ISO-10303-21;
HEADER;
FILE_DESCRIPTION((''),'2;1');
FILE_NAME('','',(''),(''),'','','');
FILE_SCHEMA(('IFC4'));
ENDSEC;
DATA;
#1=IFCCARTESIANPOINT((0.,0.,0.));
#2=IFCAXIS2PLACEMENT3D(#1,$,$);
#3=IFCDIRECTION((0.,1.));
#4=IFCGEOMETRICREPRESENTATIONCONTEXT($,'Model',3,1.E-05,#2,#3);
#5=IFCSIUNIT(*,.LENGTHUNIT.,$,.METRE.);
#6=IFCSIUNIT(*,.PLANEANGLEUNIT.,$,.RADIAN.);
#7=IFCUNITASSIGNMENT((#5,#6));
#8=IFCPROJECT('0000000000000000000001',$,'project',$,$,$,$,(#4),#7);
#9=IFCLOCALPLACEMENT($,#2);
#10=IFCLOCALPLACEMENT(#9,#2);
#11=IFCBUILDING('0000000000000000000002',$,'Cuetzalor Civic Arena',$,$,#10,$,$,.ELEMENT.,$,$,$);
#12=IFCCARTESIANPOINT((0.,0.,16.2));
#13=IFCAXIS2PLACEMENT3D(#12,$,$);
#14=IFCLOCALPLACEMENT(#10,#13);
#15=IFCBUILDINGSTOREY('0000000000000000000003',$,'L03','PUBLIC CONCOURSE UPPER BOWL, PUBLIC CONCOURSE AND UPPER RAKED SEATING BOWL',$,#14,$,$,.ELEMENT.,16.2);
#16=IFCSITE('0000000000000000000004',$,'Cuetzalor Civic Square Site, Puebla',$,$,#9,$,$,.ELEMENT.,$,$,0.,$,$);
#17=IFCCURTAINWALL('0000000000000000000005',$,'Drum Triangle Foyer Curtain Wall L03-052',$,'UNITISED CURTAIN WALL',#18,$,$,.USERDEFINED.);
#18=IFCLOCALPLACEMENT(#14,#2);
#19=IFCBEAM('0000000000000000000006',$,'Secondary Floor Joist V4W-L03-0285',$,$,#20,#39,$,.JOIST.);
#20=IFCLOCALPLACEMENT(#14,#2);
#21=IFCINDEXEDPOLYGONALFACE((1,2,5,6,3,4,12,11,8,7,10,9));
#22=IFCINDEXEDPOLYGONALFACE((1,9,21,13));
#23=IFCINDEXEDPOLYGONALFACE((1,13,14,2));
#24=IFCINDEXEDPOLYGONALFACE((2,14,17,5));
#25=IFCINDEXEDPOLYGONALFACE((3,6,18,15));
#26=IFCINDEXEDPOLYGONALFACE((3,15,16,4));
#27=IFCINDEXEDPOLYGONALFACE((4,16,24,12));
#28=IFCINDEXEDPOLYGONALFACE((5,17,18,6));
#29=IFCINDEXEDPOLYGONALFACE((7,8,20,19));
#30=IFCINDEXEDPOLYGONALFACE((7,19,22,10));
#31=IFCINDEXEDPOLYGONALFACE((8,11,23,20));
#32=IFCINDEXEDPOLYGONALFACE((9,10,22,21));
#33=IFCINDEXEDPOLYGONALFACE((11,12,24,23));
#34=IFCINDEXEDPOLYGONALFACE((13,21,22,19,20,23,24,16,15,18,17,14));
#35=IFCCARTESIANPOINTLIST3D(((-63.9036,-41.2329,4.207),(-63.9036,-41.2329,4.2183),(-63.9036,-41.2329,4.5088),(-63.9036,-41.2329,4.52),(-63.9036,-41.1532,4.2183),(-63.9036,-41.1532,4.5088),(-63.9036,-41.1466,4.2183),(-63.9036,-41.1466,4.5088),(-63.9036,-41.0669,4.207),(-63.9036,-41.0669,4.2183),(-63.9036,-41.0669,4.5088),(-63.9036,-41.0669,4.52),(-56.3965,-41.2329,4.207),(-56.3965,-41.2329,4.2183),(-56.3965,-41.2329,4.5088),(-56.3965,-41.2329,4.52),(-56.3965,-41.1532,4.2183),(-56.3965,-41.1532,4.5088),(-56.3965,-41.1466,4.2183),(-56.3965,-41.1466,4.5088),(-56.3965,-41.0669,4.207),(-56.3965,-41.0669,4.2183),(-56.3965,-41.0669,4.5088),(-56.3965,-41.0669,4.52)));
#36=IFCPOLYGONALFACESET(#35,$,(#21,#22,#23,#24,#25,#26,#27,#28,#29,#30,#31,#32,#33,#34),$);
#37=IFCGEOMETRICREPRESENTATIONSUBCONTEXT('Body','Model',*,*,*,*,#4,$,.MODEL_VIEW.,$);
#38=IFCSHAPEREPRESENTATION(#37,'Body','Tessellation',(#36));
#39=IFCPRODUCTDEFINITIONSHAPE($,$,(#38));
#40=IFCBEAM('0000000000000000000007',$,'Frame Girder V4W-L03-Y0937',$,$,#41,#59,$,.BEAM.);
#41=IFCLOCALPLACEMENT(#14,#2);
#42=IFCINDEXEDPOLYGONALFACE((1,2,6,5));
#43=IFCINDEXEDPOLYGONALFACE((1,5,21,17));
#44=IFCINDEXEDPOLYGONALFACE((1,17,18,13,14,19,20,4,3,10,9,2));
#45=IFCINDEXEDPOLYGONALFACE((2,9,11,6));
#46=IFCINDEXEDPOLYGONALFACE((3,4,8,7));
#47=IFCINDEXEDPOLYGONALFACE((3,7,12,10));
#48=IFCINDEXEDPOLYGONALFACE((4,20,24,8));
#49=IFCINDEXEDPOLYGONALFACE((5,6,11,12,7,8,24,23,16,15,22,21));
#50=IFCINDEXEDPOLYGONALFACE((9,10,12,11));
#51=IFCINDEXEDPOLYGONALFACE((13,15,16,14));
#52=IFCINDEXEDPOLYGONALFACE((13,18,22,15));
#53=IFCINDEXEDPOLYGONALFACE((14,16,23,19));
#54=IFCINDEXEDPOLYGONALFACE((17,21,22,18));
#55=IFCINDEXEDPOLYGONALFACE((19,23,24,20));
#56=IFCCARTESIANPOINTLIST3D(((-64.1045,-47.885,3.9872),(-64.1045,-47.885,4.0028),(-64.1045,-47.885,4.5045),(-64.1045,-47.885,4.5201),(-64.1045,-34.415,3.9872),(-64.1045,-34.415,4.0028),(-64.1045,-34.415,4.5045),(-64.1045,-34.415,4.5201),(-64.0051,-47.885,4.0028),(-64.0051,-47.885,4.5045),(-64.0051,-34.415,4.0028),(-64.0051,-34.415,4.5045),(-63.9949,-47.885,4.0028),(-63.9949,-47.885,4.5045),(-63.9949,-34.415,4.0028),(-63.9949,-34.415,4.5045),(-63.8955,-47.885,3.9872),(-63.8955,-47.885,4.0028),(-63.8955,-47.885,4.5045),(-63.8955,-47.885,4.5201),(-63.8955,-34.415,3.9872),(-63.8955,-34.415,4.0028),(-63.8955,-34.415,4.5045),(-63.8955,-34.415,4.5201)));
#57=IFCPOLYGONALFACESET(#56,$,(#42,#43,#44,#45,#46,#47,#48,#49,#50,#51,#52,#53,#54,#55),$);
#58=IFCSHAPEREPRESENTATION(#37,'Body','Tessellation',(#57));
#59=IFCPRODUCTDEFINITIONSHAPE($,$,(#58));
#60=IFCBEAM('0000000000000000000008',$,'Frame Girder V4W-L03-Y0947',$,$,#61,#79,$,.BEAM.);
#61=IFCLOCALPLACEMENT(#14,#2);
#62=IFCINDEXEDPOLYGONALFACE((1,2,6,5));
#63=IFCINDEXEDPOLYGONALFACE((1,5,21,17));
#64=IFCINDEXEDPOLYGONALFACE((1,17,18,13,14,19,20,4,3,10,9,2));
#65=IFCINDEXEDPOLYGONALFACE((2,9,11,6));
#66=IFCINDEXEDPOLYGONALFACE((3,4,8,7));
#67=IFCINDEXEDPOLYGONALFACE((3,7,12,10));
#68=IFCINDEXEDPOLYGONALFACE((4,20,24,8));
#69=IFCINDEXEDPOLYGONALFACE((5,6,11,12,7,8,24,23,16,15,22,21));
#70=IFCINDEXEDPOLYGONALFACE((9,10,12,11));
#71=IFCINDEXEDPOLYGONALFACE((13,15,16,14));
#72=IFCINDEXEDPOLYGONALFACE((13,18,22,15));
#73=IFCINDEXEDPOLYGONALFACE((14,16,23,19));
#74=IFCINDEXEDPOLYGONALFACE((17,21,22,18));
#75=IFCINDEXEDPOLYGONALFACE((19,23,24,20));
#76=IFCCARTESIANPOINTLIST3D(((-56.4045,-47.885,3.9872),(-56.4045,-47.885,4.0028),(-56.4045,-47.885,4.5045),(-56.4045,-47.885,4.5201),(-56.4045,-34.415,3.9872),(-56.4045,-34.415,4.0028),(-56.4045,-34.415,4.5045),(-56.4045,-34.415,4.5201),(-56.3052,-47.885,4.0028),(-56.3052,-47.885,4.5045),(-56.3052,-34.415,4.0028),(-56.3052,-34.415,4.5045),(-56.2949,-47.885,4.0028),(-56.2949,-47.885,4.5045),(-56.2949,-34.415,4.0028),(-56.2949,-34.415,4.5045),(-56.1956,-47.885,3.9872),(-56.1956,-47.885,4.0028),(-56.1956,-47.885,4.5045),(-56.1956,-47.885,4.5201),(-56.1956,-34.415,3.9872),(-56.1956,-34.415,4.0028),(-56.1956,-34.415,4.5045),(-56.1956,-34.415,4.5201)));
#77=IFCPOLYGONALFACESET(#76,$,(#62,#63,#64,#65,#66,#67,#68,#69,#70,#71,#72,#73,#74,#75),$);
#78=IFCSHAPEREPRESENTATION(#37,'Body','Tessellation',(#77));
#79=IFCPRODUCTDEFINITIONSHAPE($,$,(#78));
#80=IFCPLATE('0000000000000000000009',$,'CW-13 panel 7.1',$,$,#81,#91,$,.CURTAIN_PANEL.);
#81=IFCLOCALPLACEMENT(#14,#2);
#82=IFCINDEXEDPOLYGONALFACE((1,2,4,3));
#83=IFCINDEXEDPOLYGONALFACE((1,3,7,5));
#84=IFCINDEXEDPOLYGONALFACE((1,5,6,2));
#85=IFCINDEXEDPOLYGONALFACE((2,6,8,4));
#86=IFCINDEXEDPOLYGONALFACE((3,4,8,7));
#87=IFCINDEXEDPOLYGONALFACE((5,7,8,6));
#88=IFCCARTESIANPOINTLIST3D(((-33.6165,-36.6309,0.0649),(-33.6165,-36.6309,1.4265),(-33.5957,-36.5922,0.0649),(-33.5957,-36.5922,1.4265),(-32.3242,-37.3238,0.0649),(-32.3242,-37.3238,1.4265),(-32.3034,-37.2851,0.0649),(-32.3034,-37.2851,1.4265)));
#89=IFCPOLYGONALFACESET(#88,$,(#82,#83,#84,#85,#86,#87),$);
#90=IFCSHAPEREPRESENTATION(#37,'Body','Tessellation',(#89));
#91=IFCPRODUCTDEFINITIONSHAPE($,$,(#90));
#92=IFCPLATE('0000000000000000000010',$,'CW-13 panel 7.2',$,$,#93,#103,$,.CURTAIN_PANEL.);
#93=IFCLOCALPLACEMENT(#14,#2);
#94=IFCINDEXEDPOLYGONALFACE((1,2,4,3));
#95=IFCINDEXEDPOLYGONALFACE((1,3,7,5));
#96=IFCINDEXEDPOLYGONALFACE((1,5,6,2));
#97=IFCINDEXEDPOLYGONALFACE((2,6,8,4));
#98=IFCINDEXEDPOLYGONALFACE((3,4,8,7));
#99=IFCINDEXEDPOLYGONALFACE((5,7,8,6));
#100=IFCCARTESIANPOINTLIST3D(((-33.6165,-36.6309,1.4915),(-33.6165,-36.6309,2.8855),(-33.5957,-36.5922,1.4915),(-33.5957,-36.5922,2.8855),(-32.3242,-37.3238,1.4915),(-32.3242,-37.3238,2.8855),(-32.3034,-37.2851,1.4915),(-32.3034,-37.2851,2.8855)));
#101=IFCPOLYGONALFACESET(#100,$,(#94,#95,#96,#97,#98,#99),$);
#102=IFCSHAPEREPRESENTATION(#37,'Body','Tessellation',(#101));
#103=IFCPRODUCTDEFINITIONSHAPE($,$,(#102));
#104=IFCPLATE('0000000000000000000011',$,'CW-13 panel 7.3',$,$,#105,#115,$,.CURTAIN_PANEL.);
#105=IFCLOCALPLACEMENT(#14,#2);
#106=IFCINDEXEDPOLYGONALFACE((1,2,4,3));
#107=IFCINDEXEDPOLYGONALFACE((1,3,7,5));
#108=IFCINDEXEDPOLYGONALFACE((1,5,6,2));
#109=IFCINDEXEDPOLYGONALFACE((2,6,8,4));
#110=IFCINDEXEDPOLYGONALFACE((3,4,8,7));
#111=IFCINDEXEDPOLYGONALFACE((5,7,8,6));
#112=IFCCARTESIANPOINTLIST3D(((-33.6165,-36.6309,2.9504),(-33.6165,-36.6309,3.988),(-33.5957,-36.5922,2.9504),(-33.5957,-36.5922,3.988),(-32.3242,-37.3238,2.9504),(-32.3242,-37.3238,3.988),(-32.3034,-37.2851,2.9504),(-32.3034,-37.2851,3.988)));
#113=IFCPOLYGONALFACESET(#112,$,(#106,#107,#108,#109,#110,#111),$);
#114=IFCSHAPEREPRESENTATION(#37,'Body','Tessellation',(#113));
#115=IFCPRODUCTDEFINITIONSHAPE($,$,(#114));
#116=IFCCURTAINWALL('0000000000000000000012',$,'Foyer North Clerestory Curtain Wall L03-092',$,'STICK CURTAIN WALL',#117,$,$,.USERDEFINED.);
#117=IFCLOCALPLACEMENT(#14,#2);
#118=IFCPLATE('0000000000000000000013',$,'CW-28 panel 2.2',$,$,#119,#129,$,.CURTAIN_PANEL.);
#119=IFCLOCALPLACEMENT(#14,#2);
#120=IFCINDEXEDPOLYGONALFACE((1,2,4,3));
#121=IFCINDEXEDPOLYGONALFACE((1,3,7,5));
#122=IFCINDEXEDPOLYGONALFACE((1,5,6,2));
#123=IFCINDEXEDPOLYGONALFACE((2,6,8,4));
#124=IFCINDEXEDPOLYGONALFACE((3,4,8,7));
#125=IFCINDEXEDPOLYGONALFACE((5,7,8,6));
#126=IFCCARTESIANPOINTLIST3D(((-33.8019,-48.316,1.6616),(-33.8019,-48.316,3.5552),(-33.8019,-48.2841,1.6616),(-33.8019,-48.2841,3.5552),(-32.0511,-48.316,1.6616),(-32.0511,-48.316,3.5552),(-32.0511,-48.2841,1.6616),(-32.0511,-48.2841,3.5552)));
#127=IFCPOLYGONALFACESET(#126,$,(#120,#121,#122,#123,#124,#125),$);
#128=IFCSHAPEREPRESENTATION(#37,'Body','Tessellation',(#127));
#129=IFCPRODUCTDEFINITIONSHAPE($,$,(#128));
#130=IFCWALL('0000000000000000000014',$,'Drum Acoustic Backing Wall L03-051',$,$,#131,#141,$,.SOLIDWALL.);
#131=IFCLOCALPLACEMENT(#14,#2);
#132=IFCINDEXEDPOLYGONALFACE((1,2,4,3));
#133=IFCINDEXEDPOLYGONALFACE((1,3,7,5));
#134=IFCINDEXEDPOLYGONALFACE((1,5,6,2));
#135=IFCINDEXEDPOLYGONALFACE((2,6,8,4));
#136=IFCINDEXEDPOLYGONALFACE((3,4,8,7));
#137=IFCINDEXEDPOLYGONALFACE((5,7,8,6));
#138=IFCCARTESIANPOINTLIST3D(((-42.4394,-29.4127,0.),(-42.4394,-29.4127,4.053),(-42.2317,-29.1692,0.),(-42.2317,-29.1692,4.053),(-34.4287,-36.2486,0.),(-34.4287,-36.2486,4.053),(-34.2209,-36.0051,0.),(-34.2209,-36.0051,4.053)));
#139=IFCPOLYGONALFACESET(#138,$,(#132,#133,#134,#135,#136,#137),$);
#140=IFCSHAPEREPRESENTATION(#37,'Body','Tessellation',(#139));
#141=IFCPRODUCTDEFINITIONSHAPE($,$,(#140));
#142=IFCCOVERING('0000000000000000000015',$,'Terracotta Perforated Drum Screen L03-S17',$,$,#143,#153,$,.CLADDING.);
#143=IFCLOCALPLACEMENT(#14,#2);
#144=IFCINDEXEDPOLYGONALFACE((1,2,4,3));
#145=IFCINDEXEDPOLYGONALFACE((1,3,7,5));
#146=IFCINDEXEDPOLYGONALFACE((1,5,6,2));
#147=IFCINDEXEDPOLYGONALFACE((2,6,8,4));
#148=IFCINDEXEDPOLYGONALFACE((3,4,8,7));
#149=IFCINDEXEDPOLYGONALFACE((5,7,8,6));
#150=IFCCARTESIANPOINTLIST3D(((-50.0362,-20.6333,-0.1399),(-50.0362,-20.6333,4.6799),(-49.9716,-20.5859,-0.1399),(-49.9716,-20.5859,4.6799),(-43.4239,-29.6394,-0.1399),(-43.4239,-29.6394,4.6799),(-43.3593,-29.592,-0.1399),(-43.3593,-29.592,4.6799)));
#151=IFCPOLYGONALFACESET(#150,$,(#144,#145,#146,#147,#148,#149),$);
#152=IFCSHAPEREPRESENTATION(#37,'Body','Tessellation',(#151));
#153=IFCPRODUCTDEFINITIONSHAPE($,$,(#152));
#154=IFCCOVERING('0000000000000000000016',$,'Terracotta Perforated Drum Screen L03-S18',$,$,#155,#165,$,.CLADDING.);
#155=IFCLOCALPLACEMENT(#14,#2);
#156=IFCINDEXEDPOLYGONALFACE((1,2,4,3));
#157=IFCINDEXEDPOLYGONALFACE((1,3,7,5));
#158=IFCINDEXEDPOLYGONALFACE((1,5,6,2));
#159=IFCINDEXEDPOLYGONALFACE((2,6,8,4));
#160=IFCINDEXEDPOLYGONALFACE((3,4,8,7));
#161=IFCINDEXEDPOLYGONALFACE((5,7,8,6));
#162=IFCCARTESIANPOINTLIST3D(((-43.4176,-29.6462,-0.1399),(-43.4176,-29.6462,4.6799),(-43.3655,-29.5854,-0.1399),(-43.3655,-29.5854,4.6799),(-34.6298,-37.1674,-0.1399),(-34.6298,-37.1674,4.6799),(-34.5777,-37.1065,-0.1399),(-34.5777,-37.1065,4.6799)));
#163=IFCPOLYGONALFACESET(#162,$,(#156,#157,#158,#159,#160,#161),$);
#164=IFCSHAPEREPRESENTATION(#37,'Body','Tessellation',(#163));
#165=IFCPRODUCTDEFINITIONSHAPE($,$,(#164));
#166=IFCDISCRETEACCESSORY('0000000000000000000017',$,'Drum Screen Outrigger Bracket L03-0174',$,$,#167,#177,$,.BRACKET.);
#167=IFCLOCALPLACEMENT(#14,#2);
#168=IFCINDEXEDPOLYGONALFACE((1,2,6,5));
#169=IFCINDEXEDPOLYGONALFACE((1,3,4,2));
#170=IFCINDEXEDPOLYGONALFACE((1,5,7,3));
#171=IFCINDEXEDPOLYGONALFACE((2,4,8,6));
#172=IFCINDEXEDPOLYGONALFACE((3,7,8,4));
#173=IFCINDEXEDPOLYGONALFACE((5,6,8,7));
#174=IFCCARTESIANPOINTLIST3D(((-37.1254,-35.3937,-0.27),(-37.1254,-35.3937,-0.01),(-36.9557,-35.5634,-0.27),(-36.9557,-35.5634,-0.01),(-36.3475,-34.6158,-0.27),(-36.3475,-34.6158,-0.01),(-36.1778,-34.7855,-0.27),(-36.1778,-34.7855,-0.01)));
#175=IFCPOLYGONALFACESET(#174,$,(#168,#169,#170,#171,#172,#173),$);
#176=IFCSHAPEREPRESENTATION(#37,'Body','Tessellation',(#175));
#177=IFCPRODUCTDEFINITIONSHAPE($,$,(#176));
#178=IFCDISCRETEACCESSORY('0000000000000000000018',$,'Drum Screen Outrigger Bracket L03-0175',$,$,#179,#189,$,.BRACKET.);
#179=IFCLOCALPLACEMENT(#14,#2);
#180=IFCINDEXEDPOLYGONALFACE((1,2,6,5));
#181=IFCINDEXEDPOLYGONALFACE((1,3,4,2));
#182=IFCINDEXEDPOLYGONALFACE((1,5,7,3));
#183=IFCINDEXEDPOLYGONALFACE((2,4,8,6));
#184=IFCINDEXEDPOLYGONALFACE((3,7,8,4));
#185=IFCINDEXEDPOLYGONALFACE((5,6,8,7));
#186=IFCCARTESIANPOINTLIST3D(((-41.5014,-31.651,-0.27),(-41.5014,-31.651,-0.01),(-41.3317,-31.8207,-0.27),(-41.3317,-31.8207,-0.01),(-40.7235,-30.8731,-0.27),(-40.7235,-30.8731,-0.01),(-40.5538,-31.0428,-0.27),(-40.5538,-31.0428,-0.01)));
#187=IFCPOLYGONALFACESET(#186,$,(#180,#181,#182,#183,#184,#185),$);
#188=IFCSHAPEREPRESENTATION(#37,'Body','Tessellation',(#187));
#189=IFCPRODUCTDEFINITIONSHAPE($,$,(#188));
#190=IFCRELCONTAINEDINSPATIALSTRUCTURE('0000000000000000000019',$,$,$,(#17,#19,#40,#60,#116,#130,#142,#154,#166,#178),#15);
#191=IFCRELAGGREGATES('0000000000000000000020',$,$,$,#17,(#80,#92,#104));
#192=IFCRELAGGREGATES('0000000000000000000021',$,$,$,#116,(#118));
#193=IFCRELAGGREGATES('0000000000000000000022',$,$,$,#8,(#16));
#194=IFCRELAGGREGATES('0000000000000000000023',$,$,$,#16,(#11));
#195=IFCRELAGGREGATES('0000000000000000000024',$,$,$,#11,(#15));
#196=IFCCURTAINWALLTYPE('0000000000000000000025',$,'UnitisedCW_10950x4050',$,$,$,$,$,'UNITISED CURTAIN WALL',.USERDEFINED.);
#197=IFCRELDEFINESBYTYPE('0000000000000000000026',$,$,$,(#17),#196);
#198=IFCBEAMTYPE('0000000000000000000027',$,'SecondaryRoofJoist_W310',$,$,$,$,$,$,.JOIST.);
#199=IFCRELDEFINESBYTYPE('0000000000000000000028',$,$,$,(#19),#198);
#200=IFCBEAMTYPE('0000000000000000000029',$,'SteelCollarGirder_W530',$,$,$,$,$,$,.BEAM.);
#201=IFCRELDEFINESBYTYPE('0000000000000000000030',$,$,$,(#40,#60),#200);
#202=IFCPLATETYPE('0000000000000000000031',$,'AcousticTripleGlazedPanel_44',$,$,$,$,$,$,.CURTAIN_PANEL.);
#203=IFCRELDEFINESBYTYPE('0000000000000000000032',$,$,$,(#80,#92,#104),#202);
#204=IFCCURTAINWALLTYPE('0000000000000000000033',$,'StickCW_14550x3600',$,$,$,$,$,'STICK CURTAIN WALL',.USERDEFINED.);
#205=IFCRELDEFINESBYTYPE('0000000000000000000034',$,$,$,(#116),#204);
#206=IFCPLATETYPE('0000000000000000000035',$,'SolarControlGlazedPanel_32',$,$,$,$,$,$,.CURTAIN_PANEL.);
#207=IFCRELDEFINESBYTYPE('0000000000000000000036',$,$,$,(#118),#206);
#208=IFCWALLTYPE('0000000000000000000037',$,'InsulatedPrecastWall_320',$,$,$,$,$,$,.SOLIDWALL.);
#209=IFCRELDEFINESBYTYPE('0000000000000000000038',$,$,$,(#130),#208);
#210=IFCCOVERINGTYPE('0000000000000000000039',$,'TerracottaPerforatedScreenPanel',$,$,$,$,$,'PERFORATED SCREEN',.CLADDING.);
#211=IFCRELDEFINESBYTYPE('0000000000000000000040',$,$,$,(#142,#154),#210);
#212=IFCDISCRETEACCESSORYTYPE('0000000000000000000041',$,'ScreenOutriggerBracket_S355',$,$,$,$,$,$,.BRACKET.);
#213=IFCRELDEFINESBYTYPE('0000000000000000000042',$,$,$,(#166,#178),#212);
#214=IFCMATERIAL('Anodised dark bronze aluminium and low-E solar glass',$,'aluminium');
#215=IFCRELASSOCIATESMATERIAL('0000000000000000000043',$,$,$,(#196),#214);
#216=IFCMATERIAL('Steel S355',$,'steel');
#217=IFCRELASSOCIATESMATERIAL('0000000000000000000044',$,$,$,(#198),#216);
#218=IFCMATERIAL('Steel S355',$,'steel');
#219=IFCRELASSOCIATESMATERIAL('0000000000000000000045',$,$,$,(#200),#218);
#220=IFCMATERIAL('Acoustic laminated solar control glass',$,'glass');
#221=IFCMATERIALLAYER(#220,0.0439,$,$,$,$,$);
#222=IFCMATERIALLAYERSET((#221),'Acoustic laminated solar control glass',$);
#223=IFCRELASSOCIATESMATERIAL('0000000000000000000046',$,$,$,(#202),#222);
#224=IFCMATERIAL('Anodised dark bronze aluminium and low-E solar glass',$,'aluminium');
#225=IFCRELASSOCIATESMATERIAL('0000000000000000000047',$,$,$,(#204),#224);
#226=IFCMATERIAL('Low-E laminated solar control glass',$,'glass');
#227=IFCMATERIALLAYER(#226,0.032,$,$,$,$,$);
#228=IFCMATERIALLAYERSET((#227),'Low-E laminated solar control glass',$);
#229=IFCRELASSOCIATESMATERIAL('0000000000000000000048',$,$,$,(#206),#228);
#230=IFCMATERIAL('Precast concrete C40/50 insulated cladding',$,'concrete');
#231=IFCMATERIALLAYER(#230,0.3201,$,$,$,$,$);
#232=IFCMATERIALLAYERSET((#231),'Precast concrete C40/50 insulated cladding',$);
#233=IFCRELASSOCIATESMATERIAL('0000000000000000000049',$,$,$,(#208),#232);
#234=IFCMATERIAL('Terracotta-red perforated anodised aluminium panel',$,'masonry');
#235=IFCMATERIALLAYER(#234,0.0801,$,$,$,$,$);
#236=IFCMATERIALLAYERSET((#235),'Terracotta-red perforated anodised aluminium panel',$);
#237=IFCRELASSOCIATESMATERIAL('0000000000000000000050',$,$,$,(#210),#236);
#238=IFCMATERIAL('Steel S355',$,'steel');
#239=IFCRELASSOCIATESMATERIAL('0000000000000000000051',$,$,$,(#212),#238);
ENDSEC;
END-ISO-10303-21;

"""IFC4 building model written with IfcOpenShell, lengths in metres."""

from ifc_helpers import new_model, si_unit, direction, frame, frame_2d, origin, origin_2d, place, context, subcontext, project, spatial, rectangle, i_section, extrude, material, layer, layer_set, material_profile, profile_set, type_object, element, aggregate, save


model = new_model("IFC4")

# Units and contexts
model_context = context("Model", 3, precision=1e-05, world=origin(), true_north=direction((0.0, 1.0)))
body_context = subcontext(model_context, "Body", "Model", "MODEL_VIEW")
ifc_project = project(units=[si_unit("LENGTHUNIT", "METRE"), si_unit("PLANEANGLEUNIT", "RADIAN")], contexts=[model_context])

# Site, building, storey
site_placement = place(None, origin())
site = spatial("IfcSite", under=ifc_project, at=site_placement, Name="Cuetzalor Civic Square Site, Puebla", CompositionType="ELEMENT", RefElevation=0.0)
building_placement = place(site_placement, origin())
building = spatial("IfcBuilding", under=site, at=building_placement, Name="Cuetzalor Civic Arena", CompositionType="ELEMENT")
storey_placement = place(building_placement, frame((0.0, 0.0, 16.2)))
storey = spatial("IfcBuildingStorey", under=building, at=storey_placement, Name="L03", Description="PUBLIC CONCOURSE UPPER BOWL, PUBLIC CONCOURSE AND UPPER RAKED SEATING BOWL", CompositionType="ELEMENT", Elevation=16.2)

# Curtain wall
ifc_material_1 = material(Name="Anodised dark bronze aluminium and low-E solar glass", Category="aluminium")
curtain_wall_type_1 = type_object("IfcCurtainWallType", Name="UnitisedCW_10950x4050", ElementType="UNITISED CURTAIN WALL", PredefinedType="USERDEFINED", material=ifc_material_1)
curtain_wall_1_placement = place(storey_placement, origin())
curtain_wall_1 = element("IfcCurtainWall", 1, at=curtain_wall_1_placement, inside=storey, type_object=curtain_wall_type_1, Name="Drum Triangle Foyer Curtain Wall L03-052", ObjectType="UNITISED CURTAIN WALL", PredefinedType="USERDEFINED")

# Beams
ifc_material_2 = material(Name="Steel S355", Category="steel")
ifc_material_profile_1 = material_profile(ifc_material_2, i_section(OverallWidth=0.166, OverallDepth=0.313, WebThickness=0.0066, FlangeThickness=0.0112, at=origin_2d()), Name="W310x45")
ifc_profile_set_1 = profile_set([ifc_material_profile_1], Name="Steel S355")
beam_type_1 = type_object("IfcBeamType", Name="SecondaryRoofJoist_W310", PredefinedType="JOIST", material=ifc_profile_set_1)
beam_1_placement = place(storey_placement, frame((-63.9036, -41.1499, 4.3635), z_axis=(1.0, 0.0, 0.0), x_axis=(0.0, 1.0, 0.0)))
element("IfcBeam", 2, at=beam_1_placement, inside=storey, type_object=beam_type_1, Name="Secondary Floor Joist V4W-L03-0285", PredefinedType="JOIST", context=body_context, shape_type="SweptSolid", body=[
    extrude(i_section(OverallWidth=0.166, OverallDepth=0.313, WebThickness=0.0066, FlangeThickness=0.0112, at=origin_2d()), origin(), (0.0, 0.0, 1.0), 7.5071),
])
ifc_material_3 = material(Name="Steel S355", Category="steel")
ifc_material_profile_2 = material_profile(ifc_material_3, i_section(OverallWidth=0.209, OverallDepth=0.533, WebThickness=0.0103, FlangeThickness=0.0156, at=origin_2d()), Name="W530x92")
ifc_profile_set_2 = profile_set([ifc_material_profile_2], Name="Steel S355")
beam_type_2 = type_object("IfcBeamType", Name="SteelCollarGirder_W530", PredefinedType="BEAM", material=ifc_profile_set_2)
for number, where, z_axis, x_axis, name in (
    (3, (-64.0, -47.885, 4.2537), (0.0, 1.0, 0.0), (-1.0, 0.0, 0.0), "Frame Girder V4W-L03-Y0937"),
    (4, (-56.3, -47.885, 4.2537), (0.0, 1.0, 0.0), (-1.0, 0.0, 0.0), "Frame Girder V4W-L03-Y0947"),
):
    element("IfcBeam", number, at=place(storey_placement, frame(where, z_axis=z_axis, x_axis=x_axis)), inside=storey, type_object=beam_type_2, Name=name, PredefinedType="BEAM", context=body_context, shape_type="SweptSolid", body=[
        extrude(i_section(OverallWidth=0.209, OverallDepth=0.533, WebThickness=0.0103, FlangeThickness=0.0156, at=origin_2d()), origin(), (0.0, 0.0, 1.0), 13.47),
    ])

# Plates
ifc_material_4 = material(Name="Acoustic laminated solar control glass", Category="glass")
ifc_layer_1 = layer(ifc_material_4, 0.0439)
ifc_layer_set_1 = layer_set([ifc_layer_1], Name="Acoustic laminated solar control glass")
plate_type_1 = type_object("IfcPlateType", Name="AcousticTripleGlazedPanel_44", PredefinedType="CURTAIN_PANEL", material=ifc_layer_set_1)
plate_1_placement = place(storey_placement, frame((-32.96, -36.958, 0.0649), z_axis=(0.0, 0.0, 1.0), x_axis=(-0.881306, 0.472545, 0.0)))
plate_1 = element("IfcPlate", 5, at=plate_1_placement, type_object=plate_type_1, Name="CW-13 panel 7.1", PredefinedType="CURTAIN_PANEL", context=body_context, shape_type="SweptSolid", body=[
    extrude(rectangle(XDim=1.4663, YDim=0.0439, at=origin_2d()), origin(), (0.0, 0.0, 1.0), 1.3616),
])
plate_2_placement = place(storey_placement, frame((-32.96, -36.958, 1.4915), z_axis=(0.0, 0.0, 1.0), x_axis=(-0.881306, 0.472545, 0.0)))
plate_2 = element("IfcPlate", 6, at=plate_2_placement, type_object=plate_type_1, Name="CW-13 panel 7.2", PredefinedType="CURTAIN_PANEL", context=body_context, shape_type="SweptSolid", body=[
    extrude(rectangle(XDim=1.4663, YDim=0.0439, at=origin_2d()), origin(), (0.0, 0.0, 1.0), 1.394),
])
plate_3_placement = place(storey_placement, frame((-32.96, -36.958, 2.9504), z_axis=(0.0, 0.0, 1.0), x_axis=(-0.881306, 0.472545, 0.0)))
plate_3 = element("IfcPlate", 7, at=plate_3_placement, type_object=plate_type_1, Name="CW-13 panel 7.3", PredefinedType="CURTAIN_PANEL", context=body_context, shape_type="SweptSolid", body=[
    extrude(rectangle(XDim=1.4663, YDim=0.0439, at=origin_2d()), origin(), (0.0, 0.0, 1.0), 1.0376),
])
aggregate(curtain_wall_1, [plate_1, plate_2, plate_3])

# Curtain wall, plate
ifc_material_5 = material(Name="Anodised dark bronze aluminium and low-E solar glass", Category="aluminium")
curtain_wall_type_2 = type_object("IfcCurtainWallType", Name="StickCW_14550x3600", ElementType="STICK CURTAIN WALL", PredefinedType="USERDEFINED", material=ifc_material_5)
curtain_wall_2_placement = place(storey_placement, origin())
curtain_wall_2 = element("IfcCurtainWall", 8, at=curtain_wall_2_placement, inside=storey, type_object=curtain_wall_type_2, Name="Foyer North Clerestory Curtain Wall L03-092", ObjectType="STICK CURTAIN WALL", PredefinedType="USERDEFINED")
ifc_material_6 = material(Name="Low-E laminated solar control glass", Category="glass")
ifc_layer_2 = layer(ifc_material_6, 0.032)
ifc_layer_set_2 = layer_set([ifc_layer_2], Name="Low-E laminated solar control glass")
plate_type_2 = type_object("IfcPlateType", Name="SolarControlGlazedPanel_32", PredefinedType="CURTAIN_PANEL", material=ifc_layer_set_2)
plate_4_placement = place(storey_placement, frame((-32.9265, -48.3, 1.6616), z_axis=(0.0, 0.0, 1.0), x_axis=(1.0, 0.0, 0.0)))
plate_4 = element("IfcPlate", 9, at=plate_4_placement, type_object=plate_type_2, Name="CW-28 panel 2.2", PredefinedType="CURTAIN_PANEL", context=body_context, shape_type="SweptSolid", body=[
    extrude(rectangle(XDim=1.7507, YDim=0.032, at=origin_2d()), origin(), (0.0, 0.0, 1.0), 1.8936),
])
aggregate(curtain_wall_2, [plate_4])

# Wall
ifc_material_7 = material(Name="Precast concrete C40/50 insulated cladding", Category="concrete")
ifc_layer_3 = layer(ifc_material_7, 0.3201)
ifc_layer_set_3 = layer_set([ifc_layer_3], Name="Precast concrete C40/50 insulated cladding")
wall_type = type_object("IfcWallType", Name="InsulatedPrecastWall_320", PredefinedType="SOLIDWALL", material=ifc_layer_set_3)
wall_1_placement = place(storey_placement, frame((-34.3247, -36.127, 0.0), z_axis=(0.0, 0.0, 1.0), x_axis=(-0.760682, 0.649125, 0.0)))
element("IfcWall", 10, at=wall_1_placement, inside=storey, type_object=wall_type, Name="Drum Acoustic Backing Wall L03-051", PredefinedType="SOLIDWALL", context=body_context, shape_type="SweptSolid", body=[
    extrude(rectangle(XDim=10.531, YDim=0.3201, at=frame_2d((5.2656, 0.0))), origin(), (0.0, 0.0, 1.0), 4.053),
])

# Coverings
ifc_material_8 = material(Name="Terracotta-red perforated anodised aluminium panel", Category="masonry")
ifc_layer_4 = layer(ifc_material_8, 0.0801)
ifc_layer_set_4 = layer_set([ifc_layer_4], Name="Terracotta-red perforated anodised aluminium panel")
covering_type = type_object("IfcCoveringType", Name="TerracottaPerforatedScreenPanel", ElementType="PERFORATED SCREEN", PredefinedType="CLADDING", material=ifc_layer_set_4)
covering_1_placement = place(storey_placement, frame((-43.3916, -29.6157, -0.1399), z_axis=(0.0, 0.0, 1.0), x_axis=(-0.591819, 0.806071, 0.0)))
element("IfcCovering", 11, at=covering_1_placement, inside=storey, type_object=covering_type, Name="Terracotta Perforated Drum Screen L03-S17", PredefinedType="CLADDING", context=body_context, shape_type="SweptSolid", body=[
    extrude(rectangle(XDim=11.1729, YDim=0.0801, at=frame_2d((5.5864, 0.0))), origin(), (0.0, 0.0, 1.0), 4.8198),
])
covering_2_placement = place(storey_placement, frame((-34.6038, -37.137, -0.1399), z_axis=(0.0, 0.0, 1.0), x_axis=(-0.759735, 0.650233, 0.0)))
element("IfcCovering", 12, at=covering_2_placement, inside=storey, type_object=covering_type, Name="Terracotta Perforated Drum Screen L03-S18", PredefinedType="CLADDING", context=body_context, shape_type="SweptSolid", body=[
    extrude(rectangle(XDim=11.5669, YDim=0.0801, at=frame_2d((5.7834, 0.0))), origin(), (0.0, 0.0, 1.0), 4.8198),
])

# Discrete accessories
ifc_material_9 = material(Name="Steel S355", Category="steel")
discrete_accessory_type = type_object("IfcDiscreteAccessoryType", Name="ScreenOutriggerBracket_S355", PredefinedType="BRACKET", material=ifc_material_9)
for number, where, z_axis, x_axis, name in (
    (13, (-36.6516, -35.0896, -0.27), (0.0, 0.0, 1.0), (-0.707107, -0.707107, 0.0), "Drum Screen Outrigger Bracket L03-0174"),
    (14, (-41.0276, -31.3469, -0.27), (0.0, 0.0, 1.0), (-0.707107, -0.707107, 0.0), "Drum Screen Outrigger Bracket L03-0175"),
):
    element("IfcDiscreteAccessory", number, at=place(storey_placement, frame(where, z_axis=z_axis, x_axis=x_axis)), inside=storey, type_object=discrete_accessory_type, Name=name, PredefinedType="BRACKET", context=body_context, shape_type="SweptSolid", body=[
        extrude(rectangle(XDim=1.1001, YDim=0.24, at=origin_2d()), origin(), (0.0, 0.0, 1.0), 0.26),
    ])

save(model, "model.ifc")
